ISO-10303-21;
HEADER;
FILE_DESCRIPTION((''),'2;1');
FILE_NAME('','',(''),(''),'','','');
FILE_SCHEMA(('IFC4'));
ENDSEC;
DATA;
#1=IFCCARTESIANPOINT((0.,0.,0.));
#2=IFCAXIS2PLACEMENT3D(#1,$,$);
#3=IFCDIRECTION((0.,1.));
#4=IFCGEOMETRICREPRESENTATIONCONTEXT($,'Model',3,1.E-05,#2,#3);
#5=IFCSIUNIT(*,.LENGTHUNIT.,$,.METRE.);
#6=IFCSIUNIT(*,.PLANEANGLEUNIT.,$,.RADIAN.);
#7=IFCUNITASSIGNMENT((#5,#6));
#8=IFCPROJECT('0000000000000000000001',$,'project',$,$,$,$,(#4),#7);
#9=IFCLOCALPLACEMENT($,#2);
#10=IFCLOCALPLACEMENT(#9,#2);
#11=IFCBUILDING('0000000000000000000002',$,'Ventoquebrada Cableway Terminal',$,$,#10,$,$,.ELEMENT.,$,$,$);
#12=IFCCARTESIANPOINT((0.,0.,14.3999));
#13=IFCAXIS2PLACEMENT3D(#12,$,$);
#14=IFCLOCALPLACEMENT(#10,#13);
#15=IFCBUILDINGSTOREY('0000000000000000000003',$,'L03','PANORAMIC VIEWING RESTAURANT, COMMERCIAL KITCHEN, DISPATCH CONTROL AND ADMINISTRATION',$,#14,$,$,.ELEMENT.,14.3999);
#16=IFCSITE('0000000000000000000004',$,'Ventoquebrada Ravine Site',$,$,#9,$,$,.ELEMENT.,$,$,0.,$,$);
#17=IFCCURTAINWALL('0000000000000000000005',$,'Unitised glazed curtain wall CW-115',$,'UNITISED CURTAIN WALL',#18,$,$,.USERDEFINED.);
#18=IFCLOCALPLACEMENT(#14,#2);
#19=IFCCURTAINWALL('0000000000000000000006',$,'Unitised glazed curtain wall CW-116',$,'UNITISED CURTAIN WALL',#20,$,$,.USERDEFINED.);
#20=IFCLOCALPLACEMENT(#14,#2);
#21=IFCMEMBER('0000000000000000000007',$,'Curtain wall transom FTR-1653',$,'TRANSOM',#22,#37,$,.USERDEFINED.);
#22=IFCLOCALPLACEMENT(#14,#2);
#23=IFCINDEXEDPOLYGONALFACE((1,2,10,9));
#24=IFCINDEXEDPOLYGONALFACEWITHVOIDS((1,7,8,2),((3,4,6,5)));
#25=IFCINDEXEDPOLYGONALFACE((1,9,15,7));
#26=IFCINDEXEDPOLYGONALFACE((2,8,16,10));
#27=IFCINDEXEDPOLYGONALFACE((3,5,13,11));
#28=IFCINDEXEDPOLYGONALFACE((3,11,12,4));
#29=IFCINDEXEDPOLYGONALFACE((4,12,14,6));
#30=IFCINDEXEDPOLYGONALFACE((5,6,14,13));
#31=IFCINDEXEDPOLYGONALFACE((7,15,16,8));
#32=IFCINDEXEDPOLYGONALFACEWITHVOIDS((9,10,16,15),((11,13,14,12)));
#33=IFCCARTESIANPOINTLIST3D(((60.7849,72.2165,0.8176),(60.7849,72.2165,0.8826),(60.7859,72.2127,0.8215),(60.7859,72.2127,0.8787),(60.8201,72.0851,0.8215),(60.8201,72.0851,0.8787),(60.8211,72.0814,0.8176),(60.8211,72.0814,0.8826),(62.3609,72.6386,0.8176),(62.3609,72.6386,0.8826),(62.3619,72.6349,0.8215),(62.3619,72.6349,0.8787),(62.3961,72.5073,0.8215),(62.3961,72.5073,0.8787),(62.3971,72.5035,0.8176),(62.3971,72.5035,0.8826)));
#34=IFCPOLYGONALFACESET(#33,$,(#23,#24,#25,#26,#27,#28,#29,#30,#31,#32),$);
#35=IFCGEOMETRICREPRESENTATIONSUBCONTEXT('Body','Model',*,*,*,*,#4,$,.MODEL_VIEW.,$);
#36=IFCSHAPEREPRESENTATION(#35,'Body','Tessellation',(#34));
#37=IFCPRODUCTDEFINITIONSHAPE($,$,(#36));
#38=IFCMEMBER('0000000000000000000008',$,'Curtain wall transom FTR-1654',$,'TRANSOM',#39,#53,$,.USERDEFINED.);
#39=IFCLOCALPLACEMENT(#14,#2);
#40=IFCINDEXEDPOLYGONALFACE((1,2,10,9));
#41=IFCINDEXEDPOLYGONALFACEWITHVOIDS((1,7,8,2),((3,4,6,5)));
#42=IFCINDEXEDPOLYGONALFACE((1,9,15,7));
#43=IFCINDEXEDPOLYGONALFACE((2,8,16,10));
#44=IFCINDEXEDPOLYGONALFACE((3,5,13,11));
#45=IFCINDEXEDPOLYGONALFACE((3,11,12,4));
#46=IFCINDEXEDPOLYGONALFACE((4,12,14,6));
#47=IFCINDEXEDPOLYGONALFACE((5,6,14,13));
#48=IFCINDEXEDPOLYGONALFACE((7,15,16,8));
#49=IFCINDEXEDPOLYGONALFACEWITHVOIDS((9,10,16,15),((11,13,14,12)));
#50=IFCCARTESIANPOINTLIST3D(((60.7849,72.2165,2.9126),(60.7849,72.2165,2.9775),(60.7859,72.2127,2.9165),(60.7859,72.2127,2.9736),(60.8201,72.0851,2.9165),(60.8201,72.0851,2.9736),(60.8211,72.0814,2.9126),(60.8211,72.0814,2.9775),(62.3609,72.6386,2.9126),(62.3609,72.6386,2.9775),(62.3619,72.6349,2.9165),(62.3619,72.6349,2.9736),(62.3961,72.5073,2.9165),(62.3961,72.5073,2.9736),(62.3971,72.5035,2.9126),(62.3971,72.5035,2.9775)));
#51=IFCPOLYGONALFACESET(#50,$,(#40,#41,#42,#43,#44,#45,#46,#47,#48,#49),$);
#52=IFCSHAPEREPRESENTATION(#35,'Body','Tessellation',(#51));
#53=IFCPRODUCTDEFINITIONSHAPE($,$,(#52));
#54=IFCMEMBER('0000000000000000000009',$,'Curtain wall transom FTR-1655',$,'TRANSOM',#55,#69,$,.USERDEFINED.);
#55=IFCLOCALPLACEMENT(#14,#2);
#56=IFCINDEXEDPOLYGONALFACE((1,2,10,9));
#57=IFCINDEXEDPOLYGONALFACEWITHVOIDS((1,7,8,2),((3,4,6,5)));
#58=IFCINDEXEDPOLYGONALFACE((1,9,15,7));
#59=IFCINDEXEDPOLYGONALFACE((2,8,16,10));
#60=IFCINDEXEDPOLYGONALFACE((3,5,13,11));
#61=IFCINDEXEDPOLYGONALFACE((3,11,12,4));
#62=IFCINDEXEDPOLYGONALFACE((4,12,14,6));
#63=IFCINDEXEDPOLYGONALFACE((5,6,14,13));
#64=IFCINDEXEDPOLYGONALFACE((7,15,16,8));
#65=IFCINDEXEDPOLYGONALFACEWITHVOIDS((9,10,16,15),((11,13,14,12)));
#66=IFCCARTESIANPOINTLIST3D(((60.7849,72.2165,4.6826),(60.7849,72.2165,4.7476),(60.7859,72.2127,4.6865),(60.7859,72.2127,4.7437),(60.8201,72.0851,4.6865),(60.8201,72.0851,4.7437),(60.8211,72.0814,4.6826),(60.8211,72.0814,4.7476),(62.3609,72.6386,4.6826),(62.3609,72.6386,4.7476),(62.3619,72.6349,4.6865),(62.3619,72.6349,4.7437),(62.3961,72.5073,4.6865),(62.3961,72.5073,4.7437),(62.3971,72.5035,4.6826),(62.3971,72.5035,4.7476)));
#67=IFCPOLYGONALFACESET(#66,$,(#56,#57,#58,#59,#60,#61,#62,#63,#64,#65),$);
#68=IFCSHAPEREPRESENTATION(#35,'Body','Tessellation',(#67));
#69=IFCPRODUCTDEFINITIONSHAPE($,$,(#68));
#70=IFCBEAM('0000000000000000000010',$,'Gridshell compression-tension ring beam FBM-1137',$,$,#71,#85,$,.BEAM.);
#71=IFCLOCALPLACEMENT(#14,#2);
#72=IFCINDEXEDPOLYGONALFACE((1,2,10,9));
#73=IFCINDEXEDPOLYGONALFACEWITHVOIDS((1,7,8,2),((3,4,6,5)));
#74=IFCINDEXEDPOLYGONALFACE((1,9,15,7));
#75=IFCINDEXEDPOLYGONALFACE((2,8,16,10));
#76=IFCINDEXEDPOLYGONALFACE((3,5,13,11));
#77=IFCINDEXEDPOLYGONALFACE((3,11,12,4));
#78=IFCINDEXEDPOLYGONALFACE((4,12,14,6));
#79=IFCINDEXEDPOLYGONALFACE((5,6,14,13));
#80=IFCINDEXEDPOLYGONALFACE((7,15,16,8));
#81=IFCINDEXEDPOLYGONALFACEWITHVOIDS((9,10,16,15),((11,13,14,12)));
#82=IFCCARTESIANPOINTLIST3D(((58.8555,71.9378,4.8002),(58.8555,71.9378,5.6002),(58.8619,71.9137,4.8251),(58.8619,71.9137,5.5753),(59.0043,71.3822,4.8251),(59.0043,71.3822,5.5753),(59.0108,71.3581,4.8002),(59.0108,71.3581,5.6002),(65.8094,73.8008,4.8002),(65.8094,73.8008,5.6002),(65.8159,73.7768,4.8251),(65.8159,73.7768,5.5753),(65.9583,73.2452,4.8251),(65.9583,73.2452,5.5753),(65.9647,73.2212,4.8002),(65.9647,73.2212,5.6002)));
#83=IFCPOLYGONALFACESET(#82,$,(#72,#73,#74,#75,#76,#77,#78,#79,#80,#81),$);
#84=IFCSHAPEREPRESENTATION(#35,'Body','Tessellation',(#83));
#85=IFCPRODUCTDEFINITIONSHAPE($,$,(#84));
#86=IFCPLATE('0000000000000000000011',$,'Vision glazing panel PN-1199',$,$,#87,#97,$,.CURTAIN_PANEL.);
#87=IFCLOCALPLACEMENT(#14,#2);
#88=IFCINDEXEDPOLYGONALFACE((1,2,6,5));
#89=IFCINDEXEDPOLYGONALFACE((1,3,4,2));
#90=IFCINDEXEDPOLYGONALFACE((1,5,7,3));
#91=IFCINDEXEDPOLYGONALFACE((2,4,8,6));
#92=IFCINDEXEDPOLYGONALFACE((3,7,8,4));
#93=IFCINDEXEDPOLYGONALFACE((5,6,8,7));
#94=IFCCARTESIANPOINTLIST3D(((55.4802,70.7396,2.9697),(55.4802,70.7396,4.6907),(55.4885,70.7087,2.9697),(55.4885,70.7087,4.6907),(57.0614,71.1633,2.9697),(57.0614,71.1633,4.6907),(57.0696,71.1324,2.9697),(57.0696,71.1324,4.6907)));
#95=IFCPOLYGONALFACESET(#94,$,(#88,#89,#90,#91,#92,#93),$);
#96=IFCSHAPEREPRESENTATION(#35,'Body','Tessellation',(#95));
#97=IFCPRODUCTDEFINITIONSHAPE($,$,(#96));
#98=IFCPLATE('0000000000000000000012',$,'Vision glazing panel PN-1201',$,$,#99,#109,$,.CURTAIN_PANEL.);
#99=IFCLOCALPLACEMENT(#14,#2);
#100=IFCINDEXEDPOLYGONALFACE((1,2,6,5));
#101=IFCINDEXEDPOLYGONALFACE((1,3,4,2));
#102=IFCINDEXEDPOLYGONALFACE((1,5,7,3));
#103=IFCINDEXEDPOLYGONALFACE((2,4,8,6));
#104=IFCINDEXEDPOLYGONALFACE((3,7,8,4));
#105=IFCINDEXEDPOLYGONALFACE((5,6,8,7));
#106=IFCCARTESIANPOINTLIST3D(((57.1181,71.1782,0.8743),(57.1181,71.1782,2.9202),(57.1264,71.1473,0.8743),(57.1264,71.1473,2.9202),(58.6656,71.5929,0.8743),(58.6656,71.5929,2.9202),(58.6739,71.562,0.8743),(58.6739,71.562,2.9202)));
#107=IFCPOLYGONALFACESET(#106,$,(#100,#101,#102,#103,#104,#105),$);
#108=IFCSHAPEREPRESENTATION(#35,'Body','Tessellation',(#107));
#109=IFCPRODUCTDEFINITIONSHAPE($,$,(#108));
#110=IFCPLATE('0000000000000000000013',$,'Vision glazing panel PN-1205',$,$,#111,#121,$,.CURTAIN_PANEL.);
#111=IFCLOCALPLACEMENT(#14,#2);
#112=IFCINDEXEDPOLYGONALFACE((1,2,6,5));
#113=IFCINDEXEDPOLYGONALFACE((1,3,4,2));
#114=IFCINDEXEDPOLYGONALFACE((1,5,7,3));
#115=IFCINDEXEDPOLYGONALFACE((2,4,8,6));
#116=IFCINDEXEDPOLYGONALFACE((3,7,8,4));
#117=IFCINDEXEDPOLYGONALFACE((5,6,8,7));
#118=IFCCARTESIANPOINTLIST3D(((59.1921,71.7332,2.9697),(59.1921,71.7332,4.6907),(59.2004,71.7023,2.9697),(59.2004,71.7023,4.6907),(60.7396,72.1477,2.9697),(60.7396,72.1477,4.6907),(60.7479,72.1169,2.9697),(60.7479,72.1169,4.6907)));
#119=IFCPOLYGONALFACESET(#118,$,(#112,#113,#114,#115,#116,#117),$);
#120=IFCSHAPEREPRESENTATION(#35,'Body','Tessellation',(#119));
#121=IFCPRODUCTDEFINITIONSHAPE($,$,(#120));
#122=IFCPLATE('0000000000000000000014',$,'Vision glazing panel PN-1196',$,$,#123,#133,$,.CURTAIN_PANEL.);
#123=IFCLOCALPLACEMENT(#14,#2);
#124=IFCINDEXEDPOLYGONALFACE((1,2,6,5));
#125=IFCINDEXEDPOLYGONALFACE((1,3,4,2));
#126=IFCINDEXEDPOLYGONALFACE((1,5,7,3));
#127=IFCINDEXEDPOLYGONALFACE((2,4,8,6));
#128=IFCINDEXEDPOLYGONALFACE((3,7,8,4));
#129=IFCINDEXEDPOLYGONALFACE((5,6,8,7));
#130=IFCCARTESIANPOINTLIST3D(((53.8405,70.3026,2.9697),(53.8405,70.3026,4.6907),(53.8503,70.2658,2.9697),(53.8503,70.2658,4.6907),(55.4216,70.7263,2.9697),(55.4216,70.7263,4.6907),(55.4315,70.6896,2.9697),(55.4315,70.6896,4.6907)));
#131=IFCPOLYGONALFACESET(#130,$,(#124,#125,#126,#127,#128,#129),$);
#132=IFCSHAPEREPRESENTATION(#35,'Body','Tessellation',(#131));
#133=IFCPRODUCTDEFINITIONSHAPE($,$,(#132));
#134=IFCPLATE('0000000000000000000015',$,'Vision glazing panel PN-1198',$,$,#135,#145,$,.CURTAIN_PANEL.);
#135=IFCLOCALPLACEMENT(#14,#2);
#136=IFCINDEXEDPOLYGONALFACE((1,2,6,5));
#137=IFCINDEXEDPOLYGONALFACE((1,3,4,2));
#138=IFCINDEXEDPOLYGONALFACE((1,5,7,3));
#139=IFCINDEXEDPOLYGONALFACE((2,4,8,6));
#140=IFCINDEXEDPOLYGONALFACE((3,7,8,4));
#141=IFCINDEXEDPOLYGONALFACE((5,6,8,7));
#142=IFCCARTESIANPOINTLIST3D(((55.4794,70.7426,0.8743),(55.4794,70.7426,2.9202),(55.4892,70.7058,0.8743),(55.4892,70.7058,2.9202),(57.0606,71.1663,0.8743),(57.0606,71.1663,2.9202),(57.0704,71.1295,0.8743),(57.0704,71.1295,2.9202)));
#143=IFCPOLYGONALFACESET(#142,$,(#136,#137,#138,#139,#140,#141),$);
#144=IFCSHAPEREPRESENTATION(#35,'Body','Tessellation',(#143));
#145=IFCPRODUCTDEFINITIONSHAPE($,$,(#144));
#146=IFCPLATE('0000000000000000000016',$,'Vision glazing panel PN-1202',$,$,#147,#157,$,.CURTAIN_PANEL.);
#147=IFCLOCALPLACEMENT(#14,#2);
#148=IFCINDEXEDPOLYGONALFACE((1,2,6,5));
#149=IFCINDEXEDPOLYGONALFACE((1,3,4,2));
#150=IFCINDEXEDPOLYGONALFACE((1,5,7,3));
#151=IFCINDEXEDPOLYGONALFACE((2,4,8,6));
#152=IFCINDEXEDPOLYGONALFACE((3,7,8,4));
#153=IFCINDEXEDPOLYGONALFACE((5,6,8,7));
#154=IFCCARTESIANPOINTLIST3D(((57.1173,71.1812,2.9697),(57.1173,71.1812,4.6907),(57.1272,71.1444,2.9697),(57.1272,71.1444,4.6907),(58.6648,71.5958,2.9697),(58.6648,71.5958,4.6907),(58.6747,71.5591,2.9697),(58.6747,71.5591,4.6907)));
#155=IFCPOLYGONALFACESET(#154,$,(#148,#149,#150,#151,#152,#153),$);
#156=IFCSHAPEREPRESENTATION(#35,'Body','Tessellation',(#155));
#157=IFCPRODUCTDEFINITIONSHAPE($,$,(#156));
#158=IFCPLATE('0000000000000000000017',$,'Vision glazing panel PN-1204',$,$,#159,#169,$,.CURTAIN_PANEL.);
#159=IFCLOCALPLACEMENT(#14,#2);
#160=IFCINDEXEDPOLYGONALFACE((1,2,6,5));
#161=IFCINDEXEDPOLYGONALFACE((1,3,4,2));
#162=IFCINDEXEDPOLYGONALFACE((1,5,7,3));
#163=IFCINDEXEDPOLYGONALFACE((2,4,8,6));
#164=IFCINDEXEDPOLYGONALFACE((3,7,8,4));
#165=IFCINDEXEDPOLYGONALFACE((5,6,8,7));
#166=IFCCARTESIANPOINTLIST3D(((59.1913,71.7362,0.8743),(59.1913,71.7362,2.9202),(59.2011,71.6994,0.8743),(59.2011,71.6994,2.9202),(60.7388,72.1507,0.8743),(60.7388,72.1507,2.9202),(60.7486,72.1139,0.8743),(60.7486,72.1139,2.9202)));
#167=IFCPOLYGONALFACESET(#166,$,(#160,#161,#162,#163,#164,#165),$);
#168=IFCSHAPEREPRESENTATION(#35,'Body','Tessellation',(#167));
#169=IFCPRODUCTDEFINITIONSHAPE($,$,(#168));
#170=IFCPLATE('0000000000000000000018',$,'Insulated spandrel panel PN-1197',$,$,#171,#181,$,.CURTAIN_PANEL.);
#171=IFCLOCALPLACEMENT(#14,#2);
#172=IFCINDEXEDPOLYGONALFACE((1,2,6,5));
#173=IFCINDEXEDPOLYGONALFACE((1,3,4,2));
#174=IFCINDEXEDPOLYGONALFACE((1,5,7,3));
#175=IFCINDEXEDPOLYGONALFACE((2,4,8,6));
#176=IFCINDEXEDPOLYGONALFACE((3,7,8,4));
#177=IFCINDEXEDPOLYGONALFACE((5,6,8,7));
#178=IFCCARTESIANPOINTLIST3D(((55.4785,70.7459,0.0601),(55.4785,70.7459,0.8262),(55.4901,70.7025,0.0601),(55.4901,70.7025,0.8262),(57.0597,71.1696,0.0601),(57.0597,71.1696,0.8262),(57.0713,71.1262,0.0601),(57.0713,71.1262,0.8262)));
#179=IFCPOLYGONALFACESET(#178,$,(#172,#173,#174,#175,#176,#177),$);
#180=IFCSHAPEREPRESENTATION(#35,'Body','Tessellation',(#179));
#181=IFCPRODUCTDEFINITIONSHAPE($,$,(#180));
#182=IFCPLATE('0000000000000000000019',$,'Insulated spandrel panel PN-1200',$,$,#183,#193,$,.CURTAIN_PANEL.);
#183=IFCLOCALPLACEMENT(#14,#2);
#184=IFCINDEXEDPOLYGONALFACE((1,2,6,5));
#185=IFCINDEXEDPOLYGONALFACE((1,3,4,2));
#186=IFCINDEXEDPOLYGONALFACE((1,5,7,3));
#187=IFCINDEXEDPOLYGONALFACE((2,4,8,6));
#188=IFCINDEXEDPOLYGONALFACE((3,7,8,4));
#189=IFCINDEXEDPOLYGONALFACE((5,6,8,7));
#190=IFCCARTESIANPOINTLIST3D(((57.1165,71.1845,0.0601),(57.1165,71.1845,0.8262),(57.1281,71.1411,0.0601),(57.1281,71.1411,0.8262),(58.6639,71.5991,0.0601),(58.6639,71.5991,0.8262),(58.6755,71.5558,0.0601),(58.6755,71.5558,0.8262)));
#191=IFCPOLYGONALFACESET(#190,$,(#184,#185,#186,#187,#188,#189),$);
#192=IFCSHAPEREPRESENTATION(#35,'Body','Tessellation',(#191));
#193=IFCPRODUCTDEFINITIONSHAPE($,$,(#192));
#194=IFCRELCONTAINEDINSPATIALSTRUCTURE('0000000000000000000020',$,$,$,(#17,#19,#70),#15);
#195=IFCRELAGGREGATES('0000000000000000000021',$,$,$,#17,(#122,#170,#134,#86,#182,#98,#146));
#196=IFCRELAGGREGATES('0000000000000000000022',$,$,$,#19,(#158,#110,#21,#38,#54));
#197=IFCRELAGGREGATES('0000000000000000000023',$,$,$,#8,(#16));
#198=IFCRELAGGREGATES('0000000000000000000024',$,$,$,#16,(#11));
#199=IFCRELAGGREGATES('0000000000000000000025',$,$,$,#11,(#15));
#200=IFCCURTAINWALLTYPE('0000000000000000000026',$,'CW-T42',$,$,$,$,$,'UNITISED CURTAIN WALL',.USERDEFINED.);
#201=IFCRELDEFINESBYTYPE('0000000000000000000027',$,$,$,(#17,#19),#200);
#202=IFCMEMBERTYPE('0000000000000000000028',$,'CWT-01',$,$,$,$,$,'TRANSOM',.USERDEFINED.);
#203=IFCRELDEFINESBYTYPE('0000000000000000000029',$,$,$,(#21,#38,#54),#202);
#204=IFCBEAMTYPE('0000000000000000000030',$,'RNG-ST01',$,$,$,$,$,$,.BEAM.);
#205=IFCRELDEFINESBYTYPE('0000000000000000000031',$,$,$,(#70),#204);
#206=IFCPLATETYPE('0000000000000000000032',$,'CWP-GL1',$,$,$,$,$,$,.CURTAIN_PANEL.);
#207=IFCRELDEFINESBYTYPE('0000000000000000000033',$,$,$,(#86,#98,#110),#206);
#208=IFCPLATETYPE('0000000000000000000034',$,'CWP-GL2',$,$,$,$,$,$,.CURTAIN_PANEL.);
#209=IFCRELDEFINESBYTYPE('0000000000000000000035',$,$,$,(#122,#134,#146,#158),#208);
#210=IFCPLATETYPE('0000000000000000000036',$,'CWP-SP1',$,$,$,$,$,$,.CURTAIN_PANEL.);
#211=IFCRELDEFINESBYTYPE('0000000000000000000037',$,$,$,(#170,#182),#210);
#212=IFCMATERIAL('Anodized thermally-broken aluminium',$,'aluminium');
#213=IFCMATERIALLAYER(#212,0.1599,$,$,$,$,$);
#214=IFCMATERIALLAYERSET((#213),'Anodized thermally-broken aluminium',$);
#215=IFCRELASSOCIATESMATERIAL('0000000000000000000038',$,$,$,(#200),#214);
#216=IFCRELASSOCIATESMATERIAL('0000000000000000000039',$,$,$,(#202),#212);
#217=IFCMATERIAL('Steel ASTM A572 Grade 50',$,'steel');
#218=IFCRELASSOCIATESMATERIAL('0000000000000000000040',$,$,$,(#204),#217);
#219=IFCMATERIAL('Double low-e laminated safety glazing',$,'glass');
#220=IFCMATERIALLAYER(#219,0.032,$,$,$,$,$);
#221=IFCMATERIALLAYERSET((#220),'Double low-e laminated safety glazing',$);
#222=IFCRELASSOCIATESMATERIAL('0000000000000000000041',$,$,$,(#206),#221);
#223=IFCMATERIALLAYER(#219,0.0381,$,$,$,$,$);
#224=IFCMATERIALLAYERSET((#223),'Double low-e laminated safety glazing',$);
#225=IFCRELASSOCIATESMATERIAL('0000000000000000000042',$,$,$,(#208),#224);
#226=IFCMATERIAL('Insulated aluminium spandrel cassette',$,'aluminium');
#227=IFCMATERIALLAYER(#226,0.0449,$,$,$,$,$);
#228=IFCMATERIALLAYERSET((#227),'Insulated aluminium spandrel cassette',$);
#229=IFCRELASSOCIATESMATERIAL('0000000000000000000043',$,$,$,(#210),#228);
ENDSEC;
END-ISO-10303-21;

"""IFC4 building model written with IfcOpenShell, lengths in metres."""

from ifc_helpers import new_model, si_unit, direction, frame, origin, origin_2d, place, context, subcontext, project, spatial, rectangle, hollow_rectangle, extrude, material, layer, layer_set, material_profile, profile_set, type_object, element, aggregate, save


model = new_model("IFC4")

# Units and contexts
model_context = context("Model", 3, precision=1e-05, world=origin(), true_north=direction((0.0, 1.0)))
body_context = subcontext(model_context, "Body", "Model", "MODEL_VIEW")
ifc_project = project(units=[si_unit("LENGTHUNIT", "METRE"), si_unit("PLANEANGLEUNIT", "RADIAN")], contexts=[model_context])

# Site, building, storey
site_placement = place(None, origin())
site = spatial("IfcSite", under=ifc_project, at=site_placement, Name="Ventoquebrada Ravine Site", CompositionType="ELEMENT", RefElevation=0.0)
building_placement = place(site_placement, origin())
building = spatial("IfcBuilding", under=site, at=building_placement, Name="Ventoquebrada Cableway Terminal", CompositionType="ELEMENT")
storey_placement = place(building_placement, frame((0.0, 0.0, 14.3999)))
storey = spatial("IfcBuildingStorey", under=building, at=storey_placement, Name="L03", Description="PANORAMIC VIEWING RESTAURANT, COMMERCIAL KITCHEN, DISPATCH CONTROL AND ADMINISTRATION", CompositionType="ELEMENT", Elevation=14.3999)

# Curtain walls
ifc_material_1 = material(Name="Anodized thermally-broken aluminium", Category="aluminium")
ifc_layer_1 = layer(ifc_material_1, 0.1599)
ifc_layer_set_1 = layer_set([ifc_layer_1], Name="Anodized thermally-broken aluminium")
curtain_wall_type = type_object("IfcCurtainWallType", Name="CW-T42", ElementType="UNITISED CURTAIN WALL", PredefinedType="USERDEFINED", material=ifc_layer_set_1)
curtain_wall_1_placement = place(storey_placement, origin())
curtain_wall_1 = element("IfcCurtainWall", 1, at=curtain_wall_1_placement, inside=storey, type_object=curtain_wall_type, Name="Unitised glazed curtain wall CW-115", ObjectType="UNITISED CURTAIN WALL", PredefinedType="USERDEFINED")
curtain_wall_2_placement = place(storey_placement, origin())
curtain_wall_2 = element("IfcCurtainWall", 2, at=curtain_wall_2_placement, inside=storey, type_object=curtain_wall_type, Name="Unitised glazed curtain wall CW-116", ObjectType="UNITISED CURTAIN WALL", PredefinedType="USERDEFINED")

# Members
ifc_material_profile_1 = material_profile(ifc_material_1, hollow_rectangle(XDim=0.0649, YDim=0.1399, WallThickness=0.0039, at=origin_2d()), Name="CW-TRN-65X140")
ifc_profile_set_1 = profile_set([ifc_material_profile_1], Name="Anodized thermally-broken aluminium")
member_type_1 = type_object("IfcMemberType", Name="CWT-01", ElementType="TRANSOM", PredefinedType="USERDEFINED", material=ifc_profile_set_1)
member_1_placement = place(storey_placement, frame((60.803, 72.1489, 0.8501), z_axis=(0.965949, 0.258734, 0.0), x_axis=(0.0, 0.0, 1.0)))
member_1 = element("IfcMember", 3, at=member_1_placement, type_object=member_type_1, Name="Curtain wall transom FTR-1653", ObjectType="TRANSOM", PredefinedType="USERDEFINED", context=body_context, shape_type="SweptSolid", body=[
    extrude(hollow_rectangle(XDim=0.0649, YDim=0.1399, WallThickness=0.0039, at=origin_2d()), origin(), (0.0, 0.0, 1.0), 1.6316),
])
member_2_placement = place(storey_placement, frame((60.803, 72.1489, 2.9451), z_axis=(0.965949, 0.258734, 0.0), x_axis=(0.0, 0.0, 1.0)))
member_2 = element("IfcMember", 4, at=member_2_placement, type_object=member_type_1, Name="Curtain wall transom FTR-1654", ObjectType="TRANSOM", PredefinedType="USERDEFINED", context=body_context, shape_type="SweptSolid", body=[
    extrude(hollow_rectangle(XDim=0.0649, YDim=0.1399, WallThickness=0.0039, at=origin_2d()), origin(), (0.0, 0.0, 1.0), 1.6316),
])
member_3_placement = place(storey_placement, frame((60.803, 72.1489, 4.7151), z_axis=(0.965949, 0.258734, 0.0), x_axis=(0.0, 0.0, 1.0)))
member_3 = element("IfcMember", 5, at=member_3_placement, type_object=member_type_1, Name="Curtain wall transom FTR-1655", ObjectType="TRANSOM", PredefinedType="USERDEFINED", context=body_context, shape_type="SweptSolid", body=[
    extrude(hollow_rectangle(XDim=0.0649, YDim=0.1399, WallThickness=0.0039, at=origin_2d()), origin(), (0.0, 0.0, 1.0), 1.6316),
])

# Beam
ifc_material_2 = material(Name="Steel ASTM A572 Grade 50", Category="steel")
ifc_material_profile_2 = material_profile(ifc_material_2, hollow_rectangle(XDim=0.6001, YDim=0.8, WallThickness=0.0249, at=origin_2d()), Name="BOX600X800X25")
ifc_profile_set_2 = profile_set([ifc_material_profile_2], Name="Steel ASTM A572 Grade 50")
beam_type = type_object("IfcBeamType", Name="RNG-ST01", PredefinedType="BEAM", material=ifc_profile_set_2)
beam_placement = place(storey_placement, frame((58.9331, 71.6479, 5.2002), z_axis=(0.965934, 0.258788, 0.0), x_axis=(-0.258788, 0.965934, 0.0)))
element("IfcBeam", 6, at=beam_placement, inside=storey, type_object=beam_type, Name="Gridshell compression-tension ring beam FBM-1137", PredefinedType="BEAM", context=body_context, shape_type="SweptSolid", body=[
    extrude(hollow_rectangle(XDim=0.6001, YDim=0.8, WallThickness=0.0249, at=origin_2d()), origin(), (0.0, 0.0, 1.0), 7.1992),
])

# Plates
ifc_material_3 = material(Name="Double low-e laminated safety glazing", Category="glass")
ifc_layer_2 = layer(ifc_material_3, 0.032)
ifc_layer_set_2 = layer_set([ifc_layer_2], Name="Double low-e laminated safety glazing")
plate_type_1 = type_object("IfcPlateType", Name="CWP-GL1", PredefinedType="CURTAIN_PANEL", material=ifc_layer_set_2)
plate_1_placement = place(storey_placement, frame((56.2749, 70.936, 2.9697), z_axis=(0.0, 0.0, 1.0), x_axis=(0.965921, 0.258836, 0.0)))
plate_1 = element("IfcPlate", 7, at=plate_1_placement, type_object=plate_type_1, Name="Vision glazing panel PN-1199", PredefinedType="CURTAIN_PANEL", context=body_context, shape_type="SweptSolid", body=[
    extrude(rectangle(XDim=1.637, YDim=0.032, at=origin_2d()), origin(), (0.0, 0.0, 1.0), 1.7209),
])
plate_2_placement = place(storey_placement, frame((57.896, 71.3701, 0.8743), z_axis=(0.0, 0.0, 1.0), x_axis=(0.965921, 0.258836, 0.0)))
plate_2 = element("IfcPlate", 8, at=plate_2_placement, type_object=plate_type_1, Name="Vision glazing panel PN-1201", PredefinedType="CURTAIN_PANEL", context=body_context, shape_type="SweptSolid", body=[
    extrude(rectangle(XDim=1.6021, YDim=0.032, at=origin_2d()), origin(), (0.0, 0.0, 1.0), 2.0459),
])
plate_3_placement = place(storey_placement, frame((59.97, 71.925, 2.9697), z_axis=(0.0, 0.0, 1.0), x_axis=(0.965948, 0.258735, 0.0)))
plate_3 = element("IfcPlate", 9, at=plate_3_placement, type_object=plate_type_1, Name="Vision glazing panel PN-1205", PredefinedType="CURTAIN_PANEL", context=body_context, shape_type="SweptSolid", body=[
    extrude(rectangle(XDim=1.6021, YDim=0.032, at=origin_2d()), origin(), (0.0, 0.0, 1.0), 1.7209),
])
ifc_layer_3 = layer(ifc_material_3, 0.0381)
ifc_layer_set_3 = layer_set([ifc_layer_3], Name="Double low-e laminated safety glazing")
plate_type_2 = type_object("IfcPlateType", Name="CWP-GL2", PredefinedType="CURTAIN_PANEL", material=ifc_layer_set_3)
plate_4_placement = place(storey_placement, frame((54.636, 70.4961, 2.9697), z_axis=(0.0, 0.0, 1.0), x_axis=(0.965921, 0.258836, 0.0)))
plate_4 = element("IfcPlate", 10, at=plate_4_placement, type_object=plate_type_2, Name="Vision glazing panel PN-1196", PredefinedType="CURTAIN_PANEL", context=body_context, shape_type="SweptSolid", body=[
    extrude(rectangle(XDim=1.637, YDim=0.0381, at=origin_2d()), origin(), (0.0, 0.0, 1.0), 1.7209),
])
plate_5_placement = place(storey_placement, frame((56.2749, 70.936, 0.8743), z_axis=(0.0, 0.0, 1.0), x_axis=(0.965921, 0.258836, 0.0)))
plate_5 = element("IfcPlate", 11, at=plate_5_placement, type_object=plate_type_2, Name="Vision glazing panel PN-1198", PredefinedType="CURTAIN_PANEL", context=body_context, shape_type="SweptSolid", body=[
    extrude(rectangle(XDim=1.637, YDim=0.0381, at=origin_2d()), origin(), (0.0, 0.0, 1.0), 2.0459),
])
plate_6_placement = place(storey_placement, frame((57.896, 71.3701, 2.9697), z_axis=(0.0, 0.0, 1.0), x_axis=(0.965921, 0.258836, 0.0)))
plate_6 = element("IfcPlate", 12, at=plate_6_placement, type_object=plate_type_2, Name="Vision glazing panel PN-1202", PredefinedType="CURTAIN_PANEL", context=body_context, shape_type="SweptSolid", body=[
    extrude(rectangle(XDim=1.6021, YDim=0.0381, at=origin_2d()), origin(), (0.0, 0.0, 1.0), 1.7209),
])
plate_7_placement = place(storey_placement, frame((59.97, 71.925, 0.8743), z_axis=(0.0, 0.0, 1.0), x_axis=(0.965948, 0.258735, 0.0)))
plate_7 = element("IfcPlate", 13, at=plate_7_placement, type_object=plate_type_2, Name="Vision glazing panel PN-1204", PredefinedType="CURTAIN_PANEL", context=body_context, shape_type="SweptSolid", body=[
    extrude(rectangle(XDim=1.6021, YDim=0.0381, at=origin_2d()), origin(), (0.0, 0.0, 1.0), 2.0459),
])
ifc_material_4 = material(Name="Insulated aluminium spandrel cassette", Category="aluminium")
ifc_layer_4 = layer(ifc_material_4, 0.0449)
ifc_layer_set_4 = layer_set([ifc_layer_4], Name="Insulated aluminium spandrel cassette")
plate_type_3 = type_object("IfcPlateType", Name="CWP-SP1", PredefinedType="CURTAIN_PANEL", material=ifc_layer_set_4)
plate_8_placement = place(storey_placement, frame((56.2749, 70.936, 0.0601), z_axis=(0.0, 0.0, 1.0), x_axis=(0.965921, 0.258836, 0.0)))
plate_8 = element("IfcPlate", 14, at=plate_8_placement, type_object=plate_type_3, Name="Insulated spandrel panel PN-1197", PredefinedType="CURTAIN_PANEL", context=body_context, shape_type="SweptSolid", body=[
    extrude(rectangle(XDim=1.637, YDim=0.0449, at=origin_2d()), origin(), (0.0, 0.0, 1.0), 0.7661),
])
plate_9_placement = place(storey_placement, frame((57.896, 71.3701, 0.0601), z_axis=(0.0, 0.0, 1.0), x_axis=(0.965921, 0.258836, 0.0)))
plate_9 = element("IfcPlate", 15, at=plate_9_placement, type_object=plate_type_3, Name="Insulated spandrel panel PN-1200", PredefinedType="CURTAIN_PANEL", context=body_context, shape_type="SweptSolid", body=[
    extrude(rectangle(XDim=1.6021, YDim=0.0449, at=origin_2d()), origin(), (0.0, 0.0, 1.0), 0.7661),
])
aggregate(curtain_wall_1, [plate_4, plate_8, plate_5, plate_1, plate_9, plate_2, plate_6])
aggregate(curtain_wall_2, [plate_7, plate_3, member_1, member_2, member_3])

save(model, "model.ifc")
